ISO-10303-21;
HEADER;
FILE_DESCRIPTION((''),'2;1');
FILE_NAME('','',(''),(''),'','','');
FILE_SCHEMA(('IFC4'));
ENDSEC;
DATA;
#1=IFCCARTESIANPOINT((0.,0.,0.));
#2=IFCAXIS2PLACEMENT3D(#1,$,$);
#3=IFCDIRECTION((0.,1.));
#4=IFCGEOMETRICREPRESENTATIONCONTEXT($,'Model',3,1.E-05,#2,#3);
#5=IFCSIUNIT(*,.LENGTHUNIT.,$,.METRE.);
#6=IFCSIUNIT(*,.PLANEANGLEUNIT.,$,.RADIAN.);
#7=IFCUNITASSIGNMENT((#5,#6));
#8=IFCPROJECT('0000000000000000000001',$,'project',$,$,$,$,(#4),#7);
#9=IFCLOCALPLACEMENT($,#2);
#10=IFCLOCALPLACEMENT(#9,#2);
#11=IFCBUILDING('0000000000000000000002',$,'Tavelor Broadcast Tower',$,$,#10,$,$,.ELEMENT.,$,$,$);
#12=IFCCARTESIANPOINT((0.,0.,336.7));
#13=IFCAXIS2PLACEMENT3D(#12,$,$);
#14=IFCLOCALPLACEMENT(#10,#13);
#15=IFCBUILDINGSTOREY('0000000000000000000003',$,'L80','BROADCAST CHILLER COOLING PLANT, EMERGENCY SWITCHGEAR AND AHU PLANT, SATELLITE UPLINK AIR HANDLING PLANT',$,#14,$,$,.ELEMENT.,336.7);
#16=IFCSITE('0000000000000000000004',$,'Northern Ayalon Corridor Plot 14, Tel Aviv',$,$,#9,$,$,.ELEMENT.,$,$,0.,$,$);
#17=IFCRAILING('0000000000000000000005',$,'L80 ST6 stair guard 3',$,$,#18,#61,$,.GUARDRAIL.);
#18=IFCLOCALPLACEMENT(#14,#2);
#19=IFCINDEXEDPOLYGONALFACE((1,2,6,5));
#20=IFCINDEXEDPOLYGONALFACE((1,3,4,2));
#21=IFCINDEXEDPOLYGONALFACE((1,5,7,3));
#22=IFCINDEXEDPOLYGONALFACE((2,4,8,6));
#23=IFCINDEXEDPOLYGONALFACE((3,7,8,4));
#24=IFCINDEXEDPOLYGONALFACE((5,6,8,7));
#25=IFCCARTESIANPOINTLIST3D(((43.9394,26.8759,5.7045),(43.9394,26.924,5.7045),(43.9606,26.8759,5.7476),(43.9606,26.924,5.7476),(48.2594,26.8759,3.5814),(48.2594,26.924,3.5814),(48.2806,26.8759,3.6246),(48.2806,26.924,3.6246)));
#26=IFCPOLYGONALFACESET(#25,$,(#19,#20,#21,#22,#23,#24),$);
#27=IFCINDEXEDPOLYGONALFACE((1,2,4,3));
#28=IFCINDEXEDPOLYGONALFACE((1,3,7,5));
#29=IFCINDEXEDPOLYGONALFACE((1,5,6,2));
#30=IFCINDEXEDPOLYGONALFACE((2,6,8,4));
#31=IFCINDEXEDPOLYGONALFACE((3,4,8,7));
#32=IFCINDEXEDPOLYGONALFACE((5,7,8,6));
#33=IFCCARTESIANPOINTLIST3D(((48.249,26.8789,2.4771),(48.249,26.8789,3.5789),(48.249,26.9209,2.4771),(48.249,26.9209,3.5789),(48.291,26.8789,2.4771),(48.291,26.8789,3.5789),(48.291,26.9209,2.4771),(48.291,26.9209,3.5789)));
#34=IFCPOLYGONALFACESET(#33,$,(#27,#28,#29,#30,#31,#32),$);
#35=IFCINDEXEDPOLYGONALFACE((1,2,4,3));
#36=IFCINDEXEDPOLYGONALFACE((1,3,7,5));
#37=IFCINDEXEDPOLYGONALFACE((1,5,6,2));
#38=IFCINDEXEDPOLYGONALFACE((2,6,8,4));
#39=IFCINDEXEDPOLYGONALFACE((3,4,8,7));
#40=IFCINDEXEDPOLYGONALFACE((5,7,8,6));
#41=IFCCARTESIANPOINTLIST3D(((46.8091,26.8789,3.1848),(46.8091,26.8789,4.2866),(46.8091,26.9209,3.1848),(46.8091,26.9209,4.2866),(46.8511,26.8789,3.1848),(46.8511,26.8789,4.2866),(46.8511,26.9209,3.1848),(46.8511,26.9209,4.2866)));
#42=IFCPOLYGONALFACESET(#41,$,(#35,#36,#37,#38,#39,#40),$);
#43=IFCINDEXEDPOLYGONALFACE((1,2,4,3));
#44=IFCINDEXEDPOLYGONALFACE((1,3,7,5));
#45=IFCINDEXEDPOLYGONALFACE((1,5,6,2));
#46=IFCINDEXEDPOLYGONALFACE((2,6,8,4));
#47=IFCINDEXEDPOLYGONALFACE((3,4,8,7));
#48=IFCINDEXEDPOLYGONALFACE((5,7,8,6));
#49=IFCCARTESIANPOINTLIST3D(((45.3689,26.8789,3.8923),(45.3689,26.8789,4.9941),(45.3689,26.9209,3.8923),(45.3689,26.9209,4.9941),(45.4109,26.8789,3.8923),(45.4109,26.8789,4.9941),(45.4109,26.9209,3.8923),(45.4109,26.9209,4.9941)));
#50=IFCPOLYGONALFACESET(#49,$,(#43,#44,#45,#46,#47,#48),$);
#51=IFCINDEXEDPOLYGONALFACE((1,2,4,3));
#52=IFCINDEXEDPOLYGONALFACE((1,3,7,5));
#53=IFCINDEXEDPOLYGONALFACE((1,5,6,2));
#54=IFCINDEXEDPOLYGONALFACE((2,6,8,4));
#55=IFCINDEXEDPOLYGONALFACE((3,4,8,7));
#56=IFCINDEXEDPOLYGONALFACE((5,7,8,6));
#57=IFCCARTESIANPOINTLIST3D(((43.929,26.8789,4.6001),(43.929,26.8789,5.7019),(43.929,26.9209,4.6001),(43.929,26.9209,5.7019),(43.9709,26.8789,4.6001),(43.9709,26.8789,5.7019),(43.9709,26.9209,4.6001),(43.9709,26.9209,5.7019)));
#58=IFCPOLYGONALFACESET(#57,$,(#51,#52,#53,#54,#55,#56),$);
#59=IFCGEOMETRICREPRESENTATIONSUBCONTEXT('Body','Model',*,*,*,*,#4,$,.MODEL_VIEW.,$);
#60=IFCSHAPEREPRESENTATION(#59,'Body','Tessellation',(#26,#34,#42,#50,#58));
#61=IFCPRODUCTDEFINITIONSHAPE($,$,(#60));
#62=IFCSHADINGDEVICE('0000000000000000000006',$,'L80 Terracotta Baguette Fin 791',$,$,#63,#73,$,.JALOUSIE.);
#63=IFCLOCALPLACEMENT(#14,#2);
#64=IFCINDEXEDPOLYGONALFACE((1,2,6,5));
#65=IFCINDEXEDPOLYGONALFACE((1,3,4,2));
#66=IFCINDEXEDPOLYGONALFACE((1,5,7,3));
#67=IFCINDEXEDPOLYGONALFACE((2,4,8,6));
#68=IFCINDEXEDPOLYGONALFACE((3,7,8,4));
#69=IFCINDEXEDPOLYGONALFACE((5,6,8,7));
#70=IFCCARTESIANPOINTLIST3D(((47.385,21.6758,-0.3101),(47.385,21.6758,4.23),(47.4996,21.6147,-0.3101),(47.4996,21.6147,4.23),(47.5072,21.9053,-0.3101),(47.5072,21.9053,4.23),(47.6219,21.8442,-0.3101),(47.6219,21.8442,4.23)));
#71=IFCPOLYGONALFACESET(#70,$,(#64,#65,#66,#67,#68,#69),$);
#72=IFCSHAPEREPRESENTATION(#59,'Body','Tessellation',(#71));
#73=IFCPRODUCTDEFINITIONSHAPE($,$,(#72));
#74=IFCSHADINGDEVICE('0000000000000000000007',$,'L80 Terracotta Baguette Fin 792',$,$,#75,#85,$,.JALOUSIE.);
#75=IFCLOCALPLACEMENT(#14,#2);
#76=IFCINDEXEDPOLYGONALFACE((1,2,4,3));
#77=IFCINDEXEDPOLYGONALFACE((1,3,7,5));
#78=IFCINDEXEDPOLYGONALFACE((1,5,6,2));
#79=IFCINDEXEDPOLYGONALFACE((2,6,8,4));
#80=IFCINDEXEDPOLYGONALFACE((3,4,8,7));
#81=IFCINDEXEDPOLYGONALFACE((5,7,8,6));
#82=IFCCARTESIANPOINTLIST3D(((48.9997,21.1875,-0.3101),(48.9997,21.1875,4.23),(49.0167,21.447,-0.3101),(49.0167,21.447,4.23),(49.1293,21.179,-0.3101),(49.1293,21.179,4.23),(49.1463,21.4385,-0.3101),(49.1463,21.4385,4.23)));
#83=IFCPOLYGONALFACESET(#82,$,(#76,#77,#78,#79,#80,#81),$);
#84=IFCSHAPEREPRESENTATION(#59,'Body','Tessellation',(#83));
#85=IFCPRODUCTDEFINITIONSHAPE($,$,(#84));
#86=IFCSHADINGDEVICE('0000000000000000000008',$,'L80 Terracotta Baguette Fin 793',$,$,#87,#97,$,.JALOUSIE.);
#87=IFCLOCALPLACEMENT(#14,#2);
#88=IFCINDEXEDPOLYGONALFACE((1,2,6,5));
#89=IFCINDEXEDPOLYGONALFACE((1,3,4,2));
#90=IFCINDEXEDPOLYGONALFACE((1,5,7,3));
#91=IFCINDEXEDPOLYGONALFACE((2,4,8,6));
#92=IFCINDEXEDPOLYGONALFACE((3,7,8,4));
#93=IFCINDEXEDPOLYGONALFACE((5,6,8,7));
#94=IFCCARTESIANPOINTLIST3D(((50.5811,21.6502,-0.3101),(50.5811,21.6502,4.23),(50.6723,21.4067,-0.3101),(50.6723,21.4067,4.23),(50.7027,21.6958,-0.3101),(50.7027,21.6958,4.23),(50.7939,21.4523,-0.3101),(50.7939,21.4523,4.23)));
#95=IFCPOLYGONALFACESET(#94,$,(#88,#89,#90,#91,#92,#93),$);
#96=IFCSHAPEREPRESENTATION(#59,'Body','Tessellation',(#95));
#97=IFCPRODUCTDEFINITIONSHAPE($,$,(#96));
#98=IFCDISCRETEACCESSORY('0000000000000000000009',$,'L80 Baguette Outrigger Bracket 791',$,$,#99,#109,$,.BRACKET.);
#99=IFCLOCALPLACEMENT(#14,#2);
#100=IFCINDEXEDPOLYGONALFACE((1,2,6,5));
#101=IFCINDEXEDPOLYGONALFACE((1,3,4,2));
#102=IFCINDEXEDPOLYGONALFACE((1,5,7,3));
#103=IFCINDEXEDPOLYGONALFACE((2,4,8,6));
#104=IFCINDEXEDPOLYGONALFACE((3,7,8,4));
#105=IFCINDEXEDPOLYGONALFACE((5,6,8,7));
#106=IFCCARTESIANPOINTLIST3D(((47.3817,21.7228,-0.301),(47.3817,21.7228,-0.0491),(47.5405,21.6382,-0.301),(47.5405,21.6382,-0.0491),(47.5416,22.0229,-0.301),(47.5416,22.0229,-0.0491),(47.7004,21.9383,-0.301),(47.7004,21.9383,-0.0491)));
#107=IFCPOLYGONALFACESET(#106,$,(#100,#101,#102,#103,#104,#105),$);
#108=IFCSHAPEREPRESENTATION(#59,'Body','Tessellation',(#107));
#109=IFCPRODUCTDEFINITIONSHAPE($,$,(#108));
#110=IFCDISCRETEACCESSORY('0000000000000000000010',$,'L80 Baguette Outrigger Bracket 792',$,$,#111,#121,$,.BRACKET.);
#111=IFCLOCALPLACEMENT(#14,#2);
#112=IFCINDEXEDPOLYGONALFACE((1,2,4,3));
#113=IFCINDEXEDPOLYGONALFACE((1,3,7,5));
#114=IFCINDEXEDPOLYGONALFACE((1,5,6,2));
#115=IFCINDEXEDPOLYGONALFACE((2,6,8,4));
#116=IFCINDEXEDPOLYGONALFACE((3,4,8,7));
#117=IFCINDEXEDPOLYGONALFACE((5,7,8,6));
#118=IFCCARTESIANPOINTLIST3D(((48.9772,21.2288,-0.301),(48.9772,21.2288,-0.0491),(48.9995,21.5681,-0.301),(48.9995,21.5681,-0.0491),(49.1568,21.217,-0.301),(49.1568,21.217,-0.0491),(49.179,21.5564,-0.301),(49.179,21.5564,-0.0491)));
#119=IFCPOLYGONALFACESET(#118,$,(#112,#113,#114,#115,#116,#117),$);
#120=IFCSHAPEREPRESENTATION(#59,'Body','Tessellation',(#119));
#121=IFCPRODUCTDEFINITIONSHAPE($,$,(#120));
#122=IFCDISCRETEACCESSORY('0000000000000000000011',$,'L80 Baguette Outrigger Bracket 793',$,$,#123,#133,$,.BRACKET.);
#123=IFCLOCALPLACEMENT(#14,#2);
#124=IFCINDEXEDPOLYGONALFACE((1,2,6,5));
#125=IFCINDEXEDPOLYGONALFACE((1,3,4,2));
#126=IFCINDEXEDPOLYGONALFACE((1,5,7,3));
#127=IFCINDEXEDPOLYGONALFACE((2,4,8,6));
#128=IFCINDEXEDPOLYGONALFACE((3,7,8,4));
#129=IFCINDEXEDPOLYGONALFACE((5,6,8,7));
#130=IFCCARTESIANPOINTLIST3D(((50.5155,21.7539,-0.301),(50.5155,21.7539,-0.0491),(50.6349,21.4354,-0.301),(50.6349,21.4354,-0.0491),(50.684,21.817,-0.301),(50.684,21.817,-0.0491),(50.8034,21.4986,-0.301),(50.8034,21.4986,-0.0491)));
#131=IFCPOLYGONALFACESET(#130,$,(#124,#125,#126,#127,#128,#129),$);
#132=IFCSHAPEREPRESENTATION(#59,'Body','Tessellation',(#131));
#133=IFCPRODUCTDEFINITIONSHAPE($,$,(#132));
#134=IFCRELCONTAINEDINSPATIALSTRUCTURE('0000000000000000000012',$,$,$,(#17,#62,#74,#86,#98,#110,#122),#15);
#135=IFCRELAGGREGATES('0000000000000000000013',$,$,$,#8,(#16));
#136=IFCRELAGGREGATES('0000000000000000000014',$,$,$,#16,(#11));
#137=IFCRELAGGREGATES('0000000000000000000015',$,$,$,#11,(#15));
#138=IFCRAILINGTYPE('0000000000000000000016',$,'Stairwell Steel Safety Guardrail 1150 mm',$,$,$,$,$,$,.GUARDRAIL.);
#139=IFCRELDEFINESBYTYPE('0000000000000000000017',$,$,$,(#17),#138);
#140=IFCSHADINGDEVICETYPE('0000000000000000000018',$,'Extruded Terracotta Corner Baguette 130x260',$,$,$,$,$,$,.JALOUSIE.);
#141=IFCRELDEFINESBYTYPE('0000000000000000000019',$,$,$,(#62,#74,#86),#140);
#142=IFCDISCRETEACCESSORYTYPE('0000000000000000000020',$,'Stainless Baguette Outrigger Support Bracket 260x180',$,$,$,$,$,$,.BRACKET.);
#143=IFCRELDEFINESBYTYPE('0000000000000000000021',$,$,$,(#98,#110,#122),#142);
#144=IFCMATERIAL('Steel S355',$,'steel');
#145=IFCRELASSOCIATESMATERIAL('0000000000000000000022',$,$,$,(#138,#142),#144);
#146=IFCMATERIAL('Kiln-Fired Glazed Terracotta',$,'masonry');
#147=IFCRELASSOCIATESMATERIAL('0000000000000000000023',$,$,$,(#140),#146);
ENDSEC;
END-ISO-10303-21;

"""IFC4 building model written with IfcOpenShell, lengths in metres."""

from ifc_helpers import new_model, si_unit, direction, frame, origin, origin_2d, place, context, subcontext, project, spatial, rectangle, extrude, source, transform, mapped, material, type_object, type_shapes, element, save


model = new_model("IFC4")

# Units and contexts
model_context = context("Model", 3, precision=1e-05, world=origin(), true_north=direction((0.0, 1.0)))
body_context = subcontext(model_context, "Body", "Model", "MODEL_VIEW")
ifc_project = project(units=[si_unit("LENGTHUNIT", "METRE"), si_unit("PLANEANGLEUNIT", "RADIAN")], contexts=[model_context])

# Site, building, storey
site_placement = place(None, origin())
site = spatial("IfcSite", under=ifc_project, at=site_placement, Name="Northern Ayalon Corridor Plot 14, Tel Aviv", CompositionType="ELEMENT", RefElevation=0.0)
building_placement = place(site_placement, origin())
building = spatial("IfcBuilding", under=site, at=building_placement, Name="Tavelor Broadcast Tower", CompositionType="ELEMENT")
storey_placement = place(building_placement, frame((0.0, 0.0, 336.7)))
storey = spatial("IfcBuildingStorey", under=building, at=storey_placement, Name="L80", Description="BROADCAST CHILLER COOLING PLANT, EMERGENCY SWITCHGEAR AND AHU PLANT, SATELLITE UPLINK AIR HANDLING PLANT", CompositionType="ELEMENT", Elevation=336.7)

# Shared definitions
ifc_material_1 = material(Name="Steel S355", Category="steel")

# Railing
railing_type = type_object("IfcRailingType", Name="Stairwell Steel Safety Guardrail 1150 mm", PredefinedType="GUARDRAIL", material=ifc_material_1)
railing_1_placement = place(storey_placement, frame((48.27, 26.8999, 2.4771)))
element("IfcRailing", 1, at=railing_1_placement, inside=storey, type_object=railing_type, Name="L80 ST6 stair guard 3", PredefinedType="GUARDRAIL", context=body_context, shape_type="SweptSolid", body=[
    extrude(rectangle(XDim=0.0481, YDim=0.0481, at=origin_2d()), frame((0.0, 0.0, 1.126), z_axis=(-0.89748, 0.0, 0.441056), x_axis=(0.0, -1.0, 0.0)), (0.0, 0.0, 1.0), 4.8135),
    extrude(rectangle(XDim=0.042, YDim=0.042, at=origin_2d()), origin(), (0.0, 0.0, 1.0), 1.1018),
    extrude(rectangle(XDim=0.042, YDim=0.042, at=origin_2d()), frame((-1.4399, 0.0, 0.7078)), (0.0, 0.0, 1.0), 1.1018),
    extrude(rectangle(XDim=0.042, YDim=0.042, at=origin_2d()), frame((-2.8801, 0.0, 1.4153)), (0.0, 0.0, 1.0), 1.1018),
    extrude(rectangle(XDim=0.042, YDim=0.042, at=origin_2d()), frame((-4.3201, 0.0, 2.123)), (0.0, 0.0, 1.0), 1.1018),
])

# Shading devices
ifc_material_2 = material(Name="Kiln-Fired Glazed Terracotta", Category="masonry")
shading_device_type = type_object("IfcShadingDeviceType", Name="Extruded Terracotta Corner Baguette 130x260", PredefinedType="JALOUSIE", material=ifc_material_2)
shared_shape_1 = source(origin(), body_context, "Body", "SweptSolid", [
    extrude(rectangle(XDim=0.1299, YDim=0.26, at=origin_2d()), origin(), (0.0, 0.0, 1.0), 4.54),
])
type_shapes(shading_device_type, [shared_shape_1])
for number, where, z_axis, x_axis, name in (
    (2, (47.5034, 21.76, -0.3101), (0.0, 0.0, 1.0), (0.882538, -0.470242, 0.0), "L80 Terracotta Baguette Fin 791"),
    (3, (49.073, 21.313, -0.3101), (0.0, 0.0, 1.0), (0.997859, -0.065403, 0.0), "L80 Terracotta Baguette Fin 792"),
    (4, (50.6875, 21.5513, -0.3101), (0.0, 0.0, 1.0), (0.936366, 0.351025, 0.0), "L80 Terracotta Baguette Fin 793"),
):
    element("IfcShadingDevice", number, at=place(storey_placement, frame(where, z_axis=z_axis, x_axis=x_axis)), inside=storey, type_object=shading_device_type, Name=name, PredefinedType="JALOUSIE", context=body_context, shape_type="MappedRepresentation", body=[
        mapped(shared_shape_1, transform((0.0, 0.0, 0.0), scale=1.0)),
    ])

# Discrete accessories
discrete_accessory_type = type_object("IfcDiscreteAccessoryType", Name="Stainless Baguette Outrigger Support Bracket 260x180", PredefinedType="BRACKET", material=ifc_material_1)
shared_shape_2 = source(origin(), body_context, "Body", "SweptSolid", [
    extrude(rectangle(XDim=0.1799, YDim=0.3401, at=origin_2d()), origin(), (0.0, 0.0, 1.0), 0.252),
])
type_shapes(discrete_accessory_type, [shared_shape_2])
for number, where, z_axis, x_axis, name in (
    (5, (47.541, 21.8306, -0.301), (0.0, 0.0, 1.0), (0.882538, -0.470242, 0.0), "L80 Baguette Outrigger Bracket 791"),
    (6, (49.0781, 21.3926, -0.301), (0.0, 0.0, 1.0), (0.997859, -0.065403, 0.0), "L80 Baguette Outrigger Bracket 792"),
    (7, (50.6594, 21.6262, -0.301), (0.0, 0.0, 1.0), (0.936366, 0.351025, 0.0), "L80 Baguette Outrigger Bracket 793"),
):
    element("IfcDiscreteAccessory", number, at=place(storey_placement, frame(where, z_axis=z_axis, x_axis=x_axis)), inside=storey, type_object=discrete_accessory_type, Name=name, PredefinedType="BRACKET", context=body_context, shape_type="MappedRepresentation", body=[
        mapped(shared_shape_2, transform((0.0, 0.0, 0.0), scale=1.0)),
    ])

save(model, "model.ifc")
